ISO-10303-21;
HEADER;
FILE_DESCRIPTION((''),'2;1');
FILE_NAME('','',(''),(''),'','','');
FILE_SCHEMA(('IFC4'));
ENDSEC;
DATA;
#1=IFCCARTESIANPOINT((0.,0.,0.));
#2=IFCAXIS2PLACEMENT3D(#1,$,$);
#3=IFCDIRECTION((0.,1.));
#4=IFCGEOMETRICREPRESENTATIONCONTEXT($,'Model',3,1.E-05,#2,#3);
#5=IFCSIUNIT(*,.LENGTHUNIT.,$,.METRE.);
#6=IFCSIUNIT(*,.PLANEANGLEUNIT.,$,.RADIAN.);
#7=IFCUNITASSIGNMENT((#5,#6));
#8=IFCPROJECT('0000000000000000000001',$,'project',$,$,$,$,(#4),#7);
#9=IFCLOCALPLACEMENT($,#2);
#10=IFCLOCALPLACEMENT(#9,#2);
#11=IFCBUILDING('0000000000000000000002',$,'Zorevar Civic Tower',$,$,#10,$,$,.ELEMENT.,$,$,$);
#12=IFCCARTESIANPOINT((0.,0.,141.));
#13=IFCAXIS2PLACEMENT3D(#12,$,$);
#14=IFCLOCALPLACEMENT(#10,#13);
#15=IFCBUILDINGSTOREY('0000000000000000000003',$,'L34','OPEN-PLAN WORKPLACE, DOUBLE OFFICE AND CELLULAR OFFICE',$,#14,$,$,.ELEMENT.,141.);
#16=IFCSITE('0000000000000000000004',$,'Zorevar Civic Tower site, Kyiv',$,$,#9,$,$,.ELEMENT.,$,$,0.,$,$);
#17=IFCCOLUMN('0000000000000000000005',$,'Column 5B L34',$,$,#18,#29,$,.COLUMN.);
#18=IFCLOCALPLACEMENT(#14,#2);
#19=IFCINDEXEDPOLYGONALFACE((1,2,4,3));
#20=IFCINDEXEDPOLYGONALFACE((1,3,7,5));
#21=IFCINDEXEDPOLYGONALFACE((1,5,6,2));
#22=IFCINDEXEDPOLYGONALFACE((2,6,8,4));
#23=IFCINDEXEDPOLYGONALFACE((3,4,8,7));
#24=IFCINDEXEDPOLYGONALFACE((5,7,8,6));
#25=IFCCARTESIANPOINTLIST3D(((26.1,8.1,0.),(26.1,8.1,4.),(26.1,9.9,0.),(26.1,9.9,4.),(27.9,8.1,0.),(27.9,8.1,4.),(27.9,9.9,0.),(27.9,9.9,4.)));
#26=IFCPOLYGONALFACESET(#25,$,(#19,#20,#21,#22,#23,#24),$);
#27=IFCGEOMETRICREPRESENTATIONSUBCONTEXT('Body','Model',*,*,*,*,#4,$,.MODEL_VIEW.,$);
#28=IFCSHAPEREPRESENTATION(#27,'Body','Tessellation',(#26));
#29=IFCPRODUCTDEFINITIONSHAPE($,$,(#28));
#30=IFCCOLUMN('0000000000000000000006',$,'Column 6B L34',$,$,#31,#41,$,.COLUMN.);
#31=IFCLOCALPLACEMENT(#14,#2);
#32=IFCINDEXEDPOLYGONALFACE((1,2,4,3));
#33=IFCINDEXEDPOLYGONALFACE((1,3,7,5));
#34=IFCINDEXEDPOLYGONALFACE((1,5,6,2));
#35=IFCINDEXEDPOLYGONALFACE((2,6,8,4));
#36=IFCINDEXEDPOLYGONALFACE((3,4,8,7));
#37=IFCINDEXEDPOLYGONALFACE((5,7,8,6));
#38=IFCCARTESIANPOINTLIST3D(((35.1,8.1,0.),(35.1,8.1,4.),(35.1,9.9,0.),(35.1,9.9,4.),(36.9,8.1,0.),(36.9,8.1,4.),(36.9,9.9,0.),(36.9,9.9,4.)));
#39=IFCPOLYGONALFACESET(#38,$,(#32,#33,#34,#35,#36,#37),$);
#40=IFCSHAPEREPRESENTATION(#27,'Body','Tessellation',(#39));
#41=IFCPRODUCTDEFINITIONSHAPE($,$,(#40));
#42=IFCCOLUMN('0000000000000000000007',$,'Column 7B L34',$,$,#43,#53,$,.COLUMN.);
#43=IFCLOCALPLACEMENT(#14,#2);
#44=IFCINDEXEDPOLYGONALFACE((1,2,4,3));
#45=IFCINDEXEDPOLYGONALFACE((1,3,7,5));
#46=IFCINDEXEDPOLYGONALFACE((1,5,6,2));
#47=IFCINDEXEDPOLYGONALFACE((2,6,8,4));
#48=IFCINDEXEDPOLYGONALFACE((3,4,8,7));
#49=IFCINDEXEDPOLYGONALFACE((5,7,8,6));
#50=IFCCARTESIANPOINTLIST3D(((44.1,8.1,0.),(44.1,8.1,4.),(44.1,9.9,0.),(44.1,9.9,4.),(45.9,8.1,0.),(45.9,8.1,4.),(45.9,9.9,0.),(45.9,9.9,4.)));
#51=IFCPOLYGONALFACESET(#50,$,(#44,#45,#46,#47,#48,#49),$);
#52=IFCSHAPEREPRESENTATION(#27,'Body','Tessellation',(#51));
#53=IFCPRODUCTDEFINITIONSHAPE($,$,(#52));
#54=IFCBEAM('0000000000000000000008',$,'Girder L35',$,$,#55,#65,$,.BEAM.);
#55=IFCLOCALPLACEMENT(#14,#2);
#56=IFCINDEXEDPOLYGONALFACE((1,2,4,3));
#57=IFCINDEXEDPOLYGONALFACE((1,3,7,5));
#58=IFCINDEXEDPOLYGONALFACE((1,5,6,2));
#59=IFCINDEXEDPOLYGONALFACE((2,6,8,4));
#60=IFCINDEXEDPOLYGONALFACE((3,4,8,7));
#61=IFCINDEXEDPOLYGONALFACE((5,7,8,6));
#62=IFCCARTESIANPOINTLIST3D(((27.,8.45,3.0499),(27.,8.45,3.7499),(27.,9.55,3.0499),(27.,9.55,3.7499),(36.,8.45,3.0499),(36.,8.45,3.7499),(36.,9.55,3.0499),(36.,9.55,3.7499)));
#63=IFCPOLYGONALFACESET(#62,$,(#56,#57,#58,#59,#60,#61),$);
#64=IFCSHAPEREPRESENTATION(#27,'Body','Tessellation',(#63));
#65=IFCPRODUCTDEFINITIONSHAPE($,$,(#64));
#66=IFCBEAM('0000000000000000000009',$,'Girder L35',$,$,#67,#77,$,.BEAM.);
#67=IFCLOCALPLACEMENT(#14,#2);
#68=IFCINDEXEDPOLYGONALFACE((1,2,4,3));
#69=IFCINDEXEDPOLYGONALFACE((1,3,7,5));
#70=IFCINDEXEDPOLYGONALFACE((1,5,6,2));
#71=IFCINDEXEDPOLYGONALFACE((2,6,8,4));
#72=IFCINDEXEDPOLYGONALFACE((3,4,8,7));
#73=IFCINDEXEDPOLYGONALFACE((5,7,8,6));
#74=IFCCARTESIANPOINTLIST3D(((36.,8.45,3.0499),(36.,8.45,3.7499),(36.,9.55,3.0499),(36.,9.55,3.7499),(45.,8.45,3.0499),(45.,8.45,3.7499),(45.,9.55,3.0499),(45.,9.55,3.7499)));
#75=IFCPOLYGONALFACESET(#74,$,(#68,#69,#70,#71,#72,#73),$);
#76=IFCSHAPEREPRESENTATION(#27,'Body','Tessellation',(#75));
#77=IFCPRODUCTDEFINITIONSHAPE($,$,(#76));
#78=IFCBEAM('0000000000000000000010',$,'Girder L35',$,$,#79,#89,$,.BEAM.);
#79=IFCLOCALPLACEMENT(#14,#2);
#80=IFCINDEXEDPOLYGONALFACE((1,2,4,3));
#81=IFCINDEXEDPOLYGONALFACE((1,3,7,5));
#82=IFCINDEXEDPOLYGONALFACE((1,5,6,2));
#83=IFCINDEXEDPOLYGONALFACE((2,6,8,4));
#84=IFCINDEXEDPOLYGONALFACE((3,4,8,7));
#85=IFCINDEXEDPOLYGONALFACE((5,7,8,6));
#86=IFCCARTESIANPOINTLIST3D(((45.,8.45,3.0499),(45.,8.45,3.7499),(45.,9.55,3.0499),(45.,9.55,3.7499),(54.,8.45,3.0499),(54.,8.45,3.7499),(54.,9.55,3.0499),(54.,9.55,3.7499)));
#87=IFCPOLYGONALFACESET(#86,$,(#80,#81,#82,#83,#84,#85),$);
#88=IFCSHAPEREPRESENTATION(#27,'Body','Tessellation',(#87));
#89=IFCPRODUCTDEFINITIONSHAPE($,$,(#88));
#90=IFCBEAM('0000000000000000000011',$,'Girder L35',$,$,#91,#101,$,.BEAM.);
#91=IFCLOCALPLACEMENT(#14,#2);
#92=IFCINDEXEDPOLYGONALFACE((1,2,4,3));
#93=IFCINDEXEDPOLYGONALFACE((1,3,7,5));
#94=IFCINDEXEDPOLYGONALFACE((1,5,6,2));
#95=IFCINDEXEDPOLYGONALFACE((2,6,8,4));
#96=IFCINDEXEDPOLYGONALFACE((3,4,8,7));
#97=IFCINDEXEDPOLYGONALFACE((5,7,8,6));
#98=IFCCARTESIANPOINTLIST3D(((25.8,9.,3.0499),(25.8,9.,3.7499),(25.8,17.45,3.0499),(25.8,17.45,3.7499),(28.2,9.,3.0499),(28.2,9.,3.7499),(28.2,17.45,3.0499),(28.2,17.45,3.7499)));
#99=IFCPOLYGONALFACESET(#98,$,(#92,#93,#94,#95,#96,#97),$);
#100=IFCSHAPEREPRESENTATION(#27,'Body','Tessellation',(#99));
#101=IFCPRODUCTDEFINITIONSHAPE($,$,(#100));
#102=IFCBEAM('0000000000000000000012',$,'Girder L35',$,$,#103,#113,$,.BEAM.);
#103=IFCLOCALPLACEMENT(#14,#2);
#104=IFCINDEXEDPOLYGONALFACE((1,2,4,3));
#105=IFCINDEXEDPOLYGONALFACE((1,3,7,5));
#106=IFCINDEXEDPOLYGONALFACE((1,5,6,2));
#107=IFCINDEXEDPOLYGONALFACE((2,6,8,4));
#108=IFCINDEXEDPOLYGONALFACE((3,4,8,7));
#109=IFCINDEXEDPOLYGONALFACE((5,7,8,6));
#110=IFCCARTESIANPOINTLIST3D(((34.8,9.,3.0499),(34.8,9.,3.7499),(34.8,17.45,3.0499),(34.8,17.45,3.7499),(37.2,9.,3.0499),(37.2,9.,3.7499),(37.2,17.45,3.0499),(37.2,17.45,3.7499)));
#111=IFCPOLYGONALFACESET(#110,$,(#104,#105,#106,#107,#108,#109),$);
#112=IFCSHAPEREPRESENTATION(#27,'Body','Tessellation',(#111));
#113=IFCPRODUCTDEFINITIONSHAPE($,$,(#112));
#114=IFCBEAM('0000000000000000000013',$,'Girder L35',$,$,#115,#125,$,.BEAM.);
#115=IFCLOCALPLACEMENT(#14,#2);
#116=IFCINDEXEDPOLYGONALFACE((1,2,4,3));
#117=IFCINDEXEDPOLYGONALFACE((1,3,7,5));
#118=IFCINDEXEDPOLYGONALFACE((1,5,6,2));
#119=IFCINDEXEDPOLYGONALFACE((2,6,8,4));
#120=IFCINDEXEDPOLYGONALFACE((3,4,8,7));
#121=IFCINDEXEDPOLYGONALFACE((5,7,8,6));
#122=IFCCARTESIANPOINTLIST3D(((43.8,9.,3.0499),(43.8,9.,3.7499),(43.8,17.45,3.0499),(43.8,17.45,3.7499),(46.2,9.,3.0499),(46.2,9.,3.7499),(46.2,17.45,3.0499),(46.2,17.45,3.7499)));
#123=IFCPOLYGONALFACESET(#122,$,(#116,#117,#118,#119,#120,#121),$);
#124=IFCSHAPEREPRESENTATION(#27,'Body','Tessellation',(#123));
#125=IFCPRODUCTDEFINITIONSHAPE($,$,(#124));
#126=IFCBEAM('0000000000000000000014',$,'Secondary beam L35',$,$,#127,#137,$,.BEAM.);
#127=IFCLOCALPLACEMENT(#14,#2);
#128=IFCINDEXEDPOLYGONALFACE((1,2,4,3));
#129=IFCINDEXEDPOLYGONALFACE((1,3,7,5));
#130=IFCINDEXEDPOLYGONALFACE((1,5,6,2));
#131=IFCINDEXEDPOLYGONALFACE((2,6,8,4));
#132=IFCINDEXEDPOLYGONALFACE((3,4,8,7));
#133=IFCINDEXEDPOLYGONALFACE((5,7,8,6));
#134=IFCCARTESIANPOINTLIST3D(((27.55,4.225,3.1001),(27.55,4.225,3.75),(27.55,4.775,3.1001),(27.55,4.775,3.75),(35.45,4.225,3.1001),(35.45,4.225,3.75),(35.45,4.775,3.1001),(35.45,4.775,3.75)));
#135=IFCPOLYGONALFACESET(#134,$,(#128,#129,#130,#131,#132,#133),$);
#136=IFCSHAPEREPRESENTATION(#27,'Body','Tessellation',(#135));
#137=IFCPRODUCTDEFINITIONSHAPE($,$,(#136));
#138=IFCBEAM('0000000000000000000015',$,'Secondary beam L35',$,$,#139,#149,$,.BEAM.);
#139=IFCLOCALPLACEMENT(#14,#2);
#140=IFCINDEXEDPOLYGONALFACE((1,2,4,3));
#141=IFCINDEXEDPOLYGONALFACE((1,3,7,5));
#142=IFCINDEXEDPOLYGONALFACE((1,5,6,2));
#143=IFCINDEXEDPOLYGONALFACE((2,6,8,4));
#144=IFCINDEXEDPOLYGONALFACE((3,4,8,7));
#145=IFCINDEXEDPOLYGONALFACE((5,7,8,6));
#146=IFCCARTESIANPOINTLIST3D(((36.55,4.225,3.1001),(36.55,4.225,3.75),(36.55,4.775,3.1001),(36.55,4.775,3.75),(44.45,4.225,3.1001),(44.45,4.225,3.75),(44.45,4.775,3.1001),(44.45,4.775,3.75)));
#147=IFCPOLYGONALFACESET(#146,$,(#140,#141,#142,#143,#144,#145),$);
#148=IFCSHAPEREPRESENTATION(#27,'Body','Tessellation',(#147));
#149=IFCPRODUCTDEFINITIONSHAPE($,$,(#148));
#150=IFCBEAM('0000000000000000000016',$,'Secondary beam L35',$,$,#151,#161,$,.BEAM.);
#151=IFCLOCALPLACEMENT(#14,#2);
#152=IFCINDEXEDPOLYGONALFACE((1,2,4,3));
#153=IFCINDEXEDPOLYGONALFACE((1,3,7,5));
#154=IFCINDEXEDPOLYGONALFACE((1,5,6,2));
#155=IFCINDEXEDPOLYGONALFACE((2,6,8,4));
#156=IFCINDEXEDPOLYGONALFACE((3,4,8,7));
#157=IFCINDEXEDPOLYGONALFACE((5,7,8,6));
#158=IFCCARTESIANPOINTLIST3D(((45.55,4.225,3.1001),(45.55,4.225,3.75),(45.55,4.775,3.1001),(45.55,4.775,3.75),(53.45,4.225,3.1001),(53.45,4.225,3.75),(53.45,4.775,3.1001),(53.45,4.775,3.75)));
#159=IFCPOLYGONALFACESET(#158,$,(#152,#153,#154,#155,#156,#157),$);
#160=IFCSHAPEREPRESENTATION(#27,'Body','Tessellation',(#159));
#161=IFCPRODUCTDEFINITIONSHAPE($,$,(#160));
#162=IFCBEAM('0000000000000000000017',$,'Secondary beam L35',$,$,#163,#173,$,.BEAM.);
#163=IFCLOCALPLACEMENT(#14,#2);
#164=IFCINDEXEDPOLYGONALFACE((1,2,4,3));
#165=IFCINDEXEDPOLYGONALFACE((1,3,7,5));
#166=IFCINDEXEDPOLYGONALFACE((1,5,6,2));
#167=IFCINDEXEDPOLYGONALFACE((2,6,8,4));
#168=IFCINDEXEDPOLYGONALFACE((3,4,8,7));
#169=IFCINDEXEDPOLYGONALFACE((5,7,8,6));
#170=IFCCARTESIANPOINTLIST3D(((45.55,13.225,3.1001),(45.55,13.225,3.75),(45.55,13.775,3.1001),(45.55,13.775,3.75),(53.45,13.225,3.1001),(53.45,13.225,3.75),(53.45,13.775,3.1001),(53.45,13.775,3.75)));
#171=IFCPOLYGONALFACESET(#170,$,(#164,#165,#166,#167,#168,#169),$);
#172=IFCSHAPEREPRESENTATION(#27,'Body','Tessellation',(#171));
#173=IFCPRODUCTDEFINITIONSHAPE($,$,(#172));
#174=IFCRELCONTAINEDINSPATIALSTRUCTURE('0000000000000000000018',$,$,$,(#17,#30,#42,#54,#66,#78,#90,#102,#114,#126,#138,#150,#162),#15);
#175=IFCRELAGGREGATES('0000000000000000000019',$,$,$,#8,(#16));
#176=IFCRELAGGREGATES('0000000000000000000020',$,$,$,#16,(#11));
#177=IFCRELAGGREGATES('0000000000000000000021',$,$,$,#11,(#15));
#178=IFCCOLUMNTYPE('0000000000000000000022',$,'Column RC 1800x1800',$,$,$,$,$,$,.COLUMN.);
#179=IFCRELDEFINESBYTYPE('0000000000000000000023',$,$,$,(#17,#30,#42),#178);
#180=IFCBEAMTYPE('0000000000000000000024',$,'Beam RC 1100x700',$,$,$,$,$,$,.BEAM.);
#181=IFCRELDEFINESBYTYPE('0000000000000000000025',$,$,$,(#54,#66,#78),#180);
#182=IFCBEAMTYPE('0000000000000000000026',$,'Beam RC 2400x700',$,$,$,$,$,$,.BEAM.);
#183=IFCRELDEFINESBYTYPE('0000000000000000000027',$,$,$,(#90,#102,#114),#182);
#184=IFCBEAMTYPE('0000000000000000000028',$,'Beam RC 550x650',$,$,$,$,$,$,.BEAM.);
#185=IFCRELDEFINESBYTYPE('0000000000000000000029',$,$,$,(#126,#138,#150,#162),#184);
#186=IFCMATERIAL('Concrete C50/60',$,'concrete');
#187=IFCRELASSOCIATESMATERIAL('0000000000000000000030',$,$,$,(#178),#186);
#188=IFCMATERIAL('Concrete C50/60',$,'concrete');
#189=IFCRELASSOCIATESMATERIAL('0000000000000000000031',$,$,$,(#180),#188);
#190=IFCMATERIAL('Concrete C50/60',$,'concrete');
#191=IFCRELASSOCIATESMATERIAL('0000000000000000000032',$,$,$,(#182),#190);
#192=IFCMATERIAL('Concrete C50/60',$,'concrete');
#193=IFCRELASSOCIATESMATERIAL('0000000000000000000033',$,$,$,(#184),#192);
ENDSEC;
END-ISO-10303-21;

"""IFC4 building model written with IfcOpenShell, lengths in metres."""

from ifc_helpers import new_model, si_unit, direction, frame, origin, origin_2d, place, context, subcontext, project, spatial, rectangle, extrude, material, material_profile, profile_set, type_object, element, save


model = new_model("IFC4")

# Units and contexts
model_context = context("Model", 3, precision=1e-05, world=origin(), true_north=direction((0.0, 1.0)))
body_context = subcontext(model_context, "Body", "Model", "MODEL_VIEW")
ifc_project = project(units=[si_unit("LENGTHUNIT", "METRE"), si_unit("PLANEANGLEUNIT", "RADIAN")], contexts=[model_context])

# Site, building, storey
site_placement = place(None, origin())
site = spatial("IfcSite", under=ifc_project, at=site_placement, Name="Zorevar Civic Tower site, Kyiv", CompositionType="ELEMENT", RefElevation=0.0)
building_placement = place(site_placement, origin())
building = spatial("IfcBuilding", under=site, at=building_placement, Name="Zorevar Civic Tower", CompositionType="ELEMENT")
storey_placement = place(building_placement, frame((0.0, 0.0, 141.0)))
storey = spatial("IfcBuildingStorey", under=building, at=storey_placement, Name="L34", Description="OPEN-PLAN WORKPLACE, DOUBLE OFFICE AND CELLULAR OFFICE", CompositionType="ELEMENT", Elevation=141.0)

# Columns
ifc_material_1 = material(Name="Concrete C50/60", Category="concrete")
ifc_material_profile_1 = material_profile(ifc_material_1, rectangle(XDim=1.8, YDim=1.8, at=origin_2d()), Name="RC 1800x1800")
ifc_profile_set_1 = profile_set([ifc_material_profile_1], Name="Concrete C50/60")
column_type = type_object("IfcColumnType", Name="Column RC 1800x1800", PredefinedType="COLUMN", material=ifc_profile_set_1)
for number, where, z_axis, x_axis, name in (
    (1, (27.0, 9.0, 0.0), (0.0, 0.0, 1.0), (1.0, 0.0, 0.0), "Column 5B L34"),
    (2, (36.0, 9.0, 0.0), (0.0, 0.0, 1.0), (1.0, 0.0, 0.0), "Column 6B L34"),
    (3, (45.0, 9.0, 0.0), (0.0, 0.0, 1.0), (1.0, 0.0, 0.0), "Column 7B L34"),
):
    element("IfcColumn", number, at=place(storey_placement, frame(where, z_axis=z_axis, x_axis=x_axis)), inside=storey, type_object=column_type, Name=name, PredefinedType="COLUMN", context=body_context, shape_type="SweptSolid", body=[
        extrude(rectangle(XDim=1.8, YDim=1.8, at=origin_2d()), origin(), (0.0, 0.0, 1.0), 4.0),
    ])

# Beams
ifc_material_2 = material(Name="Concrete C50/60", Category="concrete")
ifc_material_profile_2 = material_profile(ifc_material_2, rectangle(XDim=1.1001, YDim=0.7, at=origin_2d()), Name="RC 1100x700")
ifc_profile_set_2 = profile_set([ifc_material_profile_2], Name="Concrete C50/60")
beam_type_1 = type_object("IfcBeamType", Name="Beam RC 1100x700", PredefinedType="BEAM", material=ifc_profile_set_2)
for number, where, z_axis, x_axis, name in (
    (4, (27.0, 9.0, 3.3999), (1.0, 0.0, 0.0), (0.0, 1.0, 0.0), "Girder L35"),
    (5, (36.0, 9.0, 3.3999), (1.0, 0.0, 0.0), (0.0, 1.0, 0.0), "Girder L35"),
    (6, (45.0, 9.0, 3.3999), (1.0, 0.0, 0.0), (0.0, 1.0, 0.0), "Girder L35"),
):
    element("IfcBeam", number, at=place(storey_placement, frame(where, z_axis=z_axis, x_axis=x_axis)), inside=storey, type_object=beam_type_1, Name=name, PredefinedType="BEAM", context=body_context, shape_type="SweptSolid", body=[
        extrude(rectangle(XDim=1.1001, YDim=0.7, at=origin_2d()), origin(), (0.0, 0.0, 1.0), 9.0),
    ])
ifc_material_3 = material(Name="Concrete C50/60", Category="concrete")
ifc_material_profile_3 = material_profile(ifc_material_3, rectangle(XDim=2.3999, YDim=0.7, at=origin_2d()), Name="RC 2400x700")
ifc_profile_set_3 = profile_set([ifc_material_profile_3], Name="Concrete C50/60")
beam_type_2 = type_object("IfcBeamType", Name="Beam RC 2400x700", PredefinedType="BEAM", material=ifc_profile_set_3)
for number, where, z_axis, x_axis, name in (
    (7, (27.0, 9.0, 3.3999), (0.0, 1.0, 0.0), (-1.0, 0.0, 0.0), "Girder L35"),
    (8, (36.0, 9.0, 3.3999), (0.0, 1.0, 0.0), (-1.0, 0.0, 0.0), "Girder L35"),
    (9, (45.0, 9.0, 3.3999), (0.0, 1.0, 0.0), (-1.0, 0.0, 0.0), "Girder L35"),
):
    element("IfcBeam", number, at=place(storey_placement, frame(where, z_axis=z_axis, x_axis=x_axis)), inside=storey, type_object=beam_type_2, Name=name, PredefinedType="BEAM", context=body_context, shape_type="SweptSolid", body=[
        extrude(rectangle(XDim=2.3999, YDim=0.7, at=origin_2d()), origin(), (0.0, 0.0, 1.0), 8.45),
    ])
ifc_material_4 = material(Name="Concrete C50/60", Category="concrete")
ifc_material_profile_4 = material_profile(ifc_material_4, rectangle(XDim=0.55, YDim=0.6499, at=origin_2d()), Name="RC 550x650")
ifc_profile_set_4 = profile_set([ifc_material_profile_4], Name="Concrete C50/60")
beam_type_3 = type_object("IfcBeamType", Name="Beam RC 550x650", PredefinedType="BEAM", material=ifc_profile_set_4)
for number, where, z_axis, x_axis, name in (
    (10, (27.55, 4.5, 3.425), (1.0, 0.0, 0.0), (0.0, 1.0, 0.0), "Secondary beam L35"),
    (11, (36.55, 4.5, 3.425), (1.0, 0.0, 0.0), (0.0, 1.0, 0.0), "Secondary beam L35"),
    (12, (45.55, 4.5, 3.425), (1.0, 0.0, 0.0), (0.0, 1.0, 0.0), "Secondary beam L35"),
    (13, (45.55, 13.5, 3.425), (1.0, 0.0, 0.0), (0.0, 1.0, 0.0), "Secondary beam L35"),
):
    element("IfcBeam", number, at=place(storey_placement, frame(where, z_axis=z_axis, x_axis=x_axis)), inside=storey, type_object=beam_type_3, Name=name, PredefinedType="BEAM", context=body_context, shape_type="SweptSolid", body=[
        extrude(rectangle(XDim=0.55, YDim=0.6499, at=origin_2d()), origin(), (0.0, 0.0, 1.0), 7.8999),
    ])

save(model, "model.ifc")
